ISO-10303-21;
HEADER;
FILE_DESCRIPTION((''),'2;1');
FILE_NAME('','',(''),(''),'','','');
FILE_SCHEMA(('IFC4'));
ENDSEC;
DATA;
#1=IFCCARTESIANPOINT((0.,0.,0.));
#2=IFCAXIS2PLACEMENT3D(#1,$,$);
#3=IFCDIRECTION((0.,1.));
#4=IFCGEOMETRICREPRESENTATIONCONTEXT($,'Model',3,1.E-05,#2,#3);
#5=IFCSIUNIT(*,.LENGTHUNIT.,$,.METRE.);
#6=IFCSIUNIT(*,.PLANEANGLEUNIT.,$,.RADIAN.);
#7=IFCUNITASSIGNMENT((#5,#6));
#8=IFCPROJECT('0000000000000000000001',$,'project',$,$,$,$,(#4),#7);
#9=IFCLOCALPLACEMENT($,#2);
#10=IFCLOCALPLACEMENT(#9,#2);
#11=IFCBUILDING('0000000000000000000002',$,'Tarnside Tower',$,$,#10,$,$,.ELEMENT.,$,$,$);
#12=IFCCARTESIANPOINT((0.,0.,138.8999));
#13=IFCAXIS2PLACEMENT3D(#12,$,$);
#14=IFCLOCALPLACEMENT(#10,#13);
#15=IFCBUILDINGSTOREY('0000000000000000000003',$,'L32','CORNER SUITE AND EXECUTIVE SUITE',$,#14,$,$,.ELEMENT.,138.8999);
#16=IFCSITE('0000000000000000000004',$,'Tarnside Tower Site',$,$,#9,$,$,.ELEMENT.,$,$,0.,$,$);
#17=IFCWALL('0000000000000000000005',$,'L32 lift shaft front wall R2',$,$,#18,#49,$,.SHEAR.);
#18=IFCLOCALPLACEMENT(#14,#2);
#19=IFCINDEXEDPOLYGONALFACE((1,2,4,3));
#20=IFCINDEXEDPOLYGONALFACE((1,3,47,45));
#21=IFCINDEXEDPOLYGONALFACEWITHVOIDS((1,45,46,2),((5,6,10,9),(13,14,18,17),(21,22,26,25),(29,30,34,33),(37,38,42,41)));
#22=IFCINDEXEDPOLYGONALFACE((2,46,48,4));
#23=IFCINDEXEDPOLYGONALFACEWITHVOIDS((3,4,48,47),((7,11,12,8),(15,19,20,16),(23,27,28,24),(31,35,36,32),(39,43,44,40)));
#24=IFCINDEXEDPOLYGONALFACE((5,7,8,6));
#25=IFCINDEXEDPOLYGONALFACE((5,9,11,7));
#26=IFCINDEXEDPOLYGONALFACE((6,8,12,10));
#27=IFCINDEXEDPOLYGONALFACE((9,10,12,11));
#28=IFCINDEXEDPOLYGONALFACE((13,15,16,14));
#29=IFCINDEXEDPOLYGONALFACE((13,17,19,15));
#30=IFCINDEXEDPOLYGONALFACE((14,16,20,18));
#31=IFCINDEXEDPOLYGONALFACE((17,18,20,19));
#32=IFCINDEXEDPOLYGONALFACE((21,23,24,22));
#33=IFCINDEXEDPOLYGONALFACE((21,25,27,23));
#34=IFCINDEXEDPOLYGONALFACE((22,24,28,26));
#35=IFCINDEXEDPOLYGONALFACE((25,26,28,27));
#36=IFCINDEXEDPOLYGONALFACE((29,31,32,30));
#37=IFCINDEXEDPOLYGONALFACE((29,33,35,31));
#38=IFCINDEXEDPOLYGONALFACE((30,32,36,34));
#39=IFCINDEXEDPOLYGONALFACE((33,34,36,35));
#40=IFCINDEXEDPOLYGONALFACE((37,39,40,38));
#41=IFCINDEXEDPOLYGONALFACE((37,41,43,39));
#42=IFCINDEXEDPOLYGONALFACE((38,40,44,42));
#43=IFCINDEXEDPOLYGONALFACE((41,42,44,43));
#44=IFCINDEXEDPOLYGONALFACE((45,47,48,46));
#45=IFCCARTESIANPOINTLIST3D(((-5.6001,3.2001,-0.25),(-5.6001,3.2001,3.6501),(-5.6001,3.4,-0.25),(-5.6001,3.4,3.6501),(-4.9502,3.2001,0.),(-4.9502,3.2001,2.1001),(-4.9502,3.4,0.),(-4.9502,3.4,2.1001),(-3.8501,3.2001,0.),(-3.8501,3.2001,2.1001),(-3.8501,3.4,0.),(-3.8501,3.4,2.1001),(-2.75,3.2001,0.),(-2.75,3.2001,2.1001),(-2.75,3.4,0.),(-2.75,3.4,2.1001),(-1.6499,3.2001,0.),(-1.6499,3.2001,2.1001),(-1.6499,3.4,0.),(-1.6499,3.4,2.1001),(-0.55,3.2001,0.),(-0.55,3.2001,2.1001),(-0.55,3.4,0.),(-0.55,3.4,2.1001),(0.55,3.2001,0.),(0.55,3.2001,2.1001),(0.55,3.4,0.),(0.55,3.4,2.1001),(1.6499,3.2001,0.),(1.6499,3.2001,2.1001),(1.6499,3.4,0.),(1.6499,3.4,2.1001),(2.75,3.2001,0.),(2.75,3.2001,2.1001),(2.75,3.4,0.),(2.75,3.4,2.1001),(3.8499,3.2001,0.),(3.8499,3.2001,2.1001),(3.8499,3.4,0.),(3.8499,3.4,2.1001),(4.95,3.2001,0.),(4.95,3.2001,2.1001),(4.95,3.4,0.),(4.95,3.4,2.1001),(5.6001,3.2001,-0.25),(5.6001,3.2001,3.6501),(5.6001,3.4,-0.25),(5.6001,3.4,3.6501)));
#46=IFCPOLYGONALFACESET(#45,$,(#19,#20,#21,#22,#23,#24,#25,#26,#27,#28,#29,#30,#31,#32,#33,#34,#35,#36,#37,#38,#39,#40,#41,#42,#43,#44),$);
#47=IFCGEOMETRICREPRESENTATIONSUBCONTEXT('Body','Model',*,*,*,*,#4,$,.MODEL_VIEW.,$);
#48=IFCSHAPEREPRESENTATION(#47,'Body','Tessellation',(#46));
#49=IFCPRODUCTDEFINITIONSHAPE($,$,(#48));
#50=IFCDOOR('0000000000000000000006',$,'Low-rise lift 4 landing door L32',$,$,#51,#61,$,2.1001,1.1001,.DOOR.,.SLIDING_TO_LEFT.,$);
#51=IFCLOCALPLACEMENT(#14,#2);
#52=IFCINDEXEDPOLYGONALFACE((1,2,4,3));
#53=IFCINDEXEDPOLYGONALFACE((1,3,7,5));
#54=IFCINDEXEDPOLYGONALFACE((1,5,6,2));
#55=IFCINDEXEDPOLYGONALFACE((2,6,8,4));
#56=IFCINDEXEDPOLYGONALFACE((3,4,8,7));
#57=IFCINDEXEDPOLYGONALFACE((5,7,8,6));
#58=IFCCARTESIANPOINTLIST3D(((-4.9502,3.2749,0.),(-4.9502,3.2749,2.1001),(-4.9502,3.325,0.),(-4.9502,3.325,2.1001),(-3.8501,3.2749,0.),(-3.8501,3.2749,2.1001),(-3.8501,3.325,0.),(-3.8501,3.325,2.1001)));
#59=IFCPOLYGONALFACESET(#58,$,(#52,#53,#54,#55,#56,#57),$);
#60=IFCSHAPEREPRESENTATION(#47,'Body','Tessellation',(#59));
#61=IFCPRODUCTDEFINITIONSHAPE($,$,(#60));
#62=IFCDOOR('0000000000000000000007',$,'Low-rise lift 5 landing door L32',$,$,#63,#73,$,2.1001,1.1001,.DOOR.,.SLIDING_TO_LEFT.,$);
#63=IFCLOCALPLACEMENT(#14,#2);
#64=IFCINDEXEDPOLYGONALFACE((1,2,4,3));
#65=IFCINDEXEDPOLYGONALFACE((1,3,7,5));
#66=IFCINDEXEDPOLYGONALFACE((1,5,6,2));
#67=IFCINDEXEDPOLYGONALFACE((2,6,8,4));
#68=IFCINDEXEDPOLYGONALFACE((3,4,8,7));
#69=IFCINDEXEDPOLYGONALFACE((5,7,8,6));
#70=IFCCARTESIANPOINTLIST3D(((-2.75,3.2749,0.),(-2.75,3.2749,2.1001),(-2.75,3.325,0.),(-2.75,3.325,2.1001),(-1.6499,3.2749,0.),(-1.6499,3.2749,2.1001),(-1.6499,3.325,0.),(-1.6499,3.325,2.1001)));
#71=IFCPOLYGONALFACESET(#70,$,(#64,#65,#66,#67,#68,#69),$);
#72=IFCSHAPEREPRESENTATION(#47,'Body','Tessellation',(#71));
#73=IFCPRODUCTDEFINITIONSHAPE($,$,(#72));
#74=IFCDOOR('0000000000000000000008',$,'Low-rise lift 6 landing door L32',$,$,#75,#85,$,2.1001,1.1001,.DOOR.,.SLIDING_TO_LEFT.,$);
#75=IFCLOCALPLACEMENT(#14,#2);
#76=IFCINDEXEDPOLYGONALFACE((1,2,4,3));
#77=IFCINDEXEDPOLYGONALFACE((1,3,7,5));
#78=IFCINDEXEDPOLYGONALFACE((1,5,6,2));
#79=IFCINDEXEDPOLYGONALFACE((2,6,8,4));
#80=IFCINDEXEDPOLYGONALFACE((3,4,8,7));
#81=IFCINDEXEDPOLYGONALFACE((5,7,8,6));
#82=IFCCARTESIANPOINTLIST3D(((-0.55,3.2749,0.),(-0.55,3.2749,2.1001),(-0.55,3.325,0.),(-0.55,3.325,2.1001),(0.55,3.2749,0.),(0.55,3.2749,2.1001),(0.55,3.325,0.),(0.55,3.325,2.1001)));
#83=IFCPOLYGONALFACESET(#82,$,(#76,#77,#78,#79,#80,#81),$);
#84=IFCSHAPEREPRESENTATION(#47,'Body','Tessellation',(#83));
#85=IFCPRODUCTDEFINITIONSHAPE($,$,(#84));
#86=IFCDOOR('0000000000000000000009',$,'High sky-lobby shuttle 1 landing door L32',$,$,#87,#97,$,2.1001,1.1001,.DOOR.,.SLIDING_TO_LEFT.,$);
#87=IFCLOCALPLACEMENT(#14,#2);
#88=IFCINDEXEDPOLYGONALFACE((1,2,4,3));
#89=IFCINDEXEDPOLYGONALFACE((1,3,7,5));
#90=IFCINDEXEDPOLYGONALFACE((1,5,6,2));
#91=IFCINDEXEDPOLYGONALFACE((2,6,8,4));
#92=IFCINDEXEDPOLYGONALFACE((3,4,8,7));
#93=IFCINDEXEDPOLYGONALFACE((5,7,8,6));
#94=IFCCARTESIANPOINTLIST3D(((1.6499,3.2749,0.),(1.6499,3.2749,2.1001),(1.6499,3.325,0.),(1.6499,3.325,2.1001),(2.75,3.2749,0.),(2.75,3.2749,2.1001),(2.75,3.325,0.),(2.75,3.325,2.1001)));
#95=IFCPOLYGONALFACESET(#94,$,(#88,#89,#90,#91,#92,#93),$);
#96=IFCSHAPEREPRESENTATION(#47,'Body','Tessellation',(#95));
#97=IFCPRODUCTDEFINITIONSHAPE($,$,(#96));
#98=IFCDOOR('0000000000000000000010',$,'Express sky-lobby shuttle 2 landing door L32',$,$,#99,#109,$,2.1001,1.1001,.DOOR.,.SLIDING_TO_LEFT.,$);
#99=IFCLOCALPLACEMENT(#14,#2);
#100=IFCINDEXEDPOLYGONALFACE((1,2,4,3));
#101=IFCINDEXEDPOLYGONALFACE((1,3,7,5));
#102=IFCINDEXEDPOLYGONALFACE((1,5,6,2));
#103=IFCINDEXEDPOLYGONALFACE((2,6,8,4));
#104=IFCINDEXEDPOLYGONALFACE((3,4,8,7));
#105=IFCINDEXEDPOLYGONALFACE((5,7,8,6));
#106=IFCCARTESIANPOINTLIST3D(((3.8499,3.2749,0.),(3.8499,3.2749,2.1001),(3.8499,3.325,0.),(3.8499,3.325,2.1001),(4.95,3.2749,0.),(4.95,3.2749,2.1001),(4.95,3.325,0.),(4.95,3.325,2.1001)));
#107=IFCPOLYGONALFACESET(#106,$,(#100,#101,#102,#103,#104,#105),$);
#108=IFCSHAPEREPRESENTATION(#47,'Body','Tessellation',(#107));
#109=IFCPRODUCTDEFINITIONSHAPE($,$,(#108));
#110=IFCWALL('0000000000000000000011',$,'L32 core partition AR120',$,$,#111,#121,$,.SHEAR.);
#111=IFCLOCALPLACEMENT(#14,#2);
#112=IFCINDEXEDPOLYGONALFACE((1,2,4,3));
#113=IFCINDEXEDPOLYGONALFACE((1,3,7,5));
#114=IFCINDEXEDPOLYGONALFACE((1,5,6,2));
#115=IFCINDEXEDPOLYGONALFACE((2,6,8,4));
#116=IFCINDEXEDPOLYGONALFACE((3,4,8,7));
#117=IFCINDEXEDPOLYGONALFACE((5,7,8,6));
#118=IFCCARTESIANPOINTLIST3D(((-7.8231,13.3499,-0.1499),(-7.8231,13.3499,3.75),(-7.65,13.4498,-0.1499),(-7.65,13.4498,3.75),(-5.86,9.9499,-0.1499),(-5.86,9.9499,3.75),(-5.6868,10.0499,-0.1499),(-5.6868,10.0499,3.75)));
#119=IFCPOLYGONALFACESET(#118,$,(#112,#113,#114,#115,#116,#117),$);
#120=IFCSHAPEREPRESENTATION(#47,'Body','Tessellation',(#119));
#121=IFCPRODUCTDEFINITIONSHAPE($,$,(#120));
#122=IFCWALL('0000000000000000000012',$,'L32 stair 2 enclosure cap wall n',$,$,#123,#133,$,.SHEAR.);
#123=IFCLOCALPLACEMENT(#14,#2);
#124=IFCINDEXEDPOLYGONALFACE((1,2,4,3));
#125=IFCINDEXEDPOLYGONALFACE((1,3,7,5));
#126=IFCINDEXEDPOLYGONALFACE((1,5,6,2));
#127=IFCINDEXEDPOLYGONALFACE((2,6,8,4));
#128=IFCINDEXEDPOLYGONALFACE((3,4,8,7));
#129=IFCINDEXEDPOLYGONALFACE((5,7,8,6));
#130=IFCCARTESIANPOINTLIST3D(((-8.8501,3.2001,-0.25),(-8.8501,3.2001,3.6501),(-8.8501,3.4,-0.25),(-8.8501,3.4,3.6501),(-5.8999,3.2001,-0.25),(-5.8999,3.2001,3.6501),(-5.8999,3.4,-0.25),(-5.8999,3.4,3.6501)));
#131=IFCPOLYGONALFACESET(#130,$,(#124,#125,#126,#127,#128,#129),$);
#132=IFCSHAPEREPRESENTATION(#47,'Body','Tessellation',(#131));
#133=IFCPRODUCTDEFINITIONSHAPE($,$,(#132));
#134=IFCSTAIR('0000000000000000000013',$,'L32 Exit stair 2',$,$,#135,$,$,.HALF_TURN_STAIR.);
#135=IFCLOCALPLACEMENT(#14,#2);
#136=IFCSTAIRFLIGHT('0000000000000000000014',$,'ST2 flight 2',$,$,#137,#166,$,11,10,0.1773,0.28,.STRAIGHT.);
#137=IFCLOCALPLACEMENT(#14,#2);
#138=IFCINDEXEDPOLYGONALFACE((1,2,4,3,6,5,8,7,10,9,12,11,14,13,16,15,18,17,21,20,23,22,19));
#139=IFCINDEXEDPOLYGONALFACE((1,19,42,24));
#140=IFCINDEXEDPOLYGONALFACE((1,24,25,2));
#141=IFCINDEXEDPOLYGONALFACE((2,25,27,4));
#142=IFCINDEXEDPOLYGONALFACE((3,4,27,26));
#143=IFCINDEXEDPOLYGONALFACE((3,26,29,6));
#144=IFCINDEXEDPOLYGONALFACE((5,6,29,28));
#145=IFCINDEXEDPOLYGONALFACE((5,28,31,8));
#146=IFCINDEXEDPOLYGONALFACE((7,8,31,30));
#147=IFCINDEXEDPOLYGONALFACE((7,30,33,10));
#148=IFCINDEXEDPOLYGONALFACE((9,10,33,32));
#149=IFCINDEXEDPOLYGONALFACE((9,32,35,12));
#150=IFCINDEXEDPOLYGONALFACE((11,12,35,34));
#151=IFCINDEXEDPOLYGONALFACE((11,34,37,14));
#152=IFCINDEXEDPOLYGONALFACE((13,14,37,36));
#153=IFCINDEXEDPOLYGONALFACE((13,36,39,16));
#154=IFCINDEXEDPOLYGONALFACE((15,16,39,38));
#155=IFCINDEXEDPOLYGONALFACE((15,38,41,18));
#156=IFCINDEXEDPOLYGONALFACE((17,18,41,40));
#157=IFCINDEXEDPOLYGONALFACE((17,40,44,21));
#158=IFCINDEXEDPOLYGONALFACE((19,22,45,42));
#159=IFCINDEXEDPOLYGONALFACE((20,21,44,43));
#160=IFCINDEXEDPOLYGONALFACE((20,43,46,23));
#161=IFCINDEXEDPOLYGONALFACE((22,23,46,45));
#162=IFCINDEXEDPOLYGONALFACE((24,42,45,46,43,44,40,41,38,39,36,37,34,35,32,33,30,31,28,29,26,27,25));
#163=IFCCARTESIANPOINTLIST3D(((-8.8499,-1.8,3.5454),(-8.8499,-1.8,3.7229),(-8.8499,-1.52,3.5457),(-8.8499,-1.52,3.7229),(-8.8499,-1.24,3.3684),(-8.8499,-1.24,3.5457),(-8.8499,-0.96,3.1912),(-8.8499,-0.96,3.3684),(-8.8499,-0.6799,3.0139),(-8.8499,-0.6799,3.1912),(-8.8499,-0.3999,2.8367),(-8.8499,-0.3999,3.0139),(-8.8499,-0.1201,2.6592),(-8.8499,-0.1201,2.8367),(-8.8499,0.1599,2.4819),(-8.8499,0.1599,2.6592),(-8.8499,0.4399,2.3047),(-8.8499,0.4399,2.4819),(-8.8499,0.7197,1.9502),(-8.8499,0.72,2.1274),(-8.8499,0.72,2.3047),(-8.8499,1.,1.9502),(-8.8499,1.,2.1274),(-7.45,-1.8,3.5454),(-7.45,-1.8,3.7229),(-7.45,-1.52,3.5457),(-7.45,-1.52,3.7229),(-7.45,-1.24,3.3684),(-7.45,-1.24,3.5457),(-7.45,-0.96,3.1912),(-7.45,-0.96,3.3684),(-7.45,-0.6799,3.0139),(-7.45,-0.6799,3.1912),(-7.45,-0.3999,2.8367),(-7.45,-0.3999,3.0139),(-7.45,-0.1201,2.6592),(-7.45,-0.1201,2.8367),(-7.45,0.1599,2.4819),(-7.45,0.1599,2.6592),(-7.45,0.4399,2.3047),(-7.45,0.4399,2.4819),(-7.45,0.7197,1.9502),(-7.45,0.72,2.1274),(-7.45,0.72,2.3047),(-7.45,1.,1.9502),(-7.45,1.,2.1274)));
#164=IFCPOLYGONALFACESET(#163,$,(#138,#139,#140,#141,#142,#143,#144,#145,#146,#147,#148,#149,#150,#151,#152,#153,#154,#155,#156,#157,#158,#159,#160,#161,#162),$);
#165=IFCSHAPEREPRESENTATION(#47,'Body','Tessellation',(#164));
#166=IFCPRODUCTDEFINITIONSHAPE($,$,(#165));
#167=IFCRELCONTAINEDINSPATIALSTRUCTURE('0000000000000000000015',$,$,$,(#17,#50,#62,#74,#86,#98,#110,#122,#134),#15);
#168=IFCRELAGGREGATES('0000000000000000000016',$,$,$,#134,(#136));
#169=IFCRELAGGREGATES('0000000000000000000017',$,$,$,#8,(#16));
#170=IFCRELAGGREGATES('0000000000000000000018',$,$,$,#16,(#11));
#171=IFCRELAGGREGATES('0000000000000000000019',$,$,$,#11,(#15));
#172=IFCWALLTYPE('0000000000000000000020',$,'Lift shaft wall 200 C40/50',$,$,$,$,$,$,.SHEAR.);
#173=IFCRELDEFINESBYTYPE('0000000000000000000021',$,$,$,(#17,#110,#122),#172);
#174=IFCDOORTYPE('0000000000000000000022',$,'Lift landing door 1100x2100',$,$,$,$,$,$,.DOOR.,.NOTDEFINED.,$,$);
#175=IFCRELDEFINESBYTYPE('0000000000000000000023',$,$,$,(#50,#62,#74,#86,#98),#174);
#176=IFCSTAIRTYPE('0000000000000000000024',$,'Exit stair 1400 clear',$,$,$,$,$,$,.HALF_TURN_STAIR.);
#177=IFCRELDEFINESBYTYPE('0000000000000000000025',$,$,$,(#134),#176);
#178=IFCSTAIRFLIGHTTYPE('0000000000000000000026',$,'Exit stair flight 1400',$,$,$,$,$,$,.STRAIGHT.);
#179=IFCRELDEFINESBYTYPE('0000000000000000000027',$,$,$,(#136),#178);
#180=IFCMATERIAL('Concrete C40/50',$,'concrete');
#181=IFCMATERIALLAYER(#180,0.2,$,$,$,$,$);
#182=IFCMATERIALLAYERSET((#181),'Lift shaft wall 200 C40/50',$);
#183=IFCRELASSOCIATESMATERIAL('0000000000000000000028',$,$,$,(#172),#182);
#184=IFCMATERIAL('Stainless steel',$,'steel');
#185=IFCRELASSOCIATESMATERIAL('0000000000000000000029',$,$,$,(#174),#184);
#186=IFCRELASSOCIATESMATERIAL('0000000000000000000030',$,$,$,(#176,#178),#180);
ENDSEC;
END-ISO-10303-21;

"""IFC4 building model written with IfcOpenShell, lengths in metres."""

from ifc_helpers import new_model, si_unit, direction, frame, frame_2d, origin, place, context, subcontext, project, spatial, polyline, rectangle, outline, extrude, material, layer, layer_set, type_object, element, fill, aggregate, save


model = new_model("IFC4")

# Units and contexts
model_context = context("Model", 3, precision=1e-05, world=origin(), true_north=direction((0.0, 1.0)))
body_context = subcontext(model_context, "Body", "Model", "MODEL_VIEW")
ifc_project = project(units=[si_unit("LENGTHUNIT", "METRE"), si_unit("PLANEANGLEUNIT", "RADIAN")], contexts=[model_context])

# Site, building, storey
site_placement = place(None, origin())
site = spatial("IfcSite", under=ifc_project, at=site_placement, Name="Tarnside Tower Site", CompositionType="ELEMENT", RefElevation=0.0)
building_placement = place(site_placement, origin())
building = spatial("IfcBuilding", under=site, at=building_placement, Name="Tarnside Tower", CompositionType="ELEMENT")
storey_placement = place(building_placement, frame((0.0, 0.0, 138.8999)))
storey = spatial("IfcBuildingStorey", under=building, at=storey_placement, Name="L32", Description="CORNER SUITE AND EXECUTIVE SUITE", CompositionType="ELEMENT", Elevation=138.8999)

# Shared definitions
ifc_material_1 = material(Name="Concrete C40/50", Category="concrete")

# Wall, openings, doors
ifc_layer_1 = layer(ifc_material_1, 0.2)
ifc_layer_set_1 = layer_set([ifc_layer_1], Name="Lift shaft wall 200 C40/50")
wall_type_1 = type_object("IfcWallType", Name="Lift shaft wall 200 C40/50", PredefinedType="SHEAR", material=ifc_layer_set_1)
wall_1_placement = place(storey_placement, frame((-5.6001, 3.3, -0.25), z_axis=(0.0, 0.0, 1.0), x_axis=(1.0, 0.0, 0.0)))
wall_1 = element("IfcWall", 1, at=wall_1_placement, inside=storey, type_object=wall_type_1, Name="L32 lift shaft front wall R2", PredefinedType="SHEAR", context=body_context, shape_type="SweptSolid", body=[
    extrude(rectangle(XDim=11.2002, YDim=0.2, at=frame_2d((5.6001, 0.0))), origin(), (0.0, 0.0, 1.0), 3.9001),
])
opening_1_placement = place(wall_1_placement, frame((0.6499, 0.0, 0.25)))
opening_1 = element("IfcOpeningElement", 2, at=opening_1_placement, cuts=wall_1, PredefinedType="OPENING", context=body_context, shape_type="SweptSolid", body=[
    extrude(rectangle(XDim=1.1001, YDim=2.1001, at=frame_2d((0.55, 1.05))), frame((0.0, 0.1099, 0.0), z_axis=(0.0, -1.0, 0.0), x_axis=(1.0, 0.0, 0.0)), (0.0, 0.0, 1.0), 0.22),
])
opening_2_placement = place(wall_1_placement, frame((2.8501, 0.0, 0.25)))
opening_2 = element("IfcOpeningElement", 3, at=opening_2_placement, cuts=wall_1, PredefinedType="OPENING", context=body_context, shape_type="SweptSolid", body=[
    extrude(rectangle(XDim=1.1001, YDim=2.1001, at=frame_2d((0.55, 1.05))), frame((0.0, 0.1099, 0.0), z_axis=(0.0, -1.0, 0.0), x_axis=(1.0, 0.0, 0.0)), (0.0, 0.0, 1.0), 0.22),
])
opening_3_placement = place(wall_1_placement, frame((5.05, 0.0, 0.25)))
opening_3 = element("IfcOpeningElement", 4, at=opening_3_placement, cuts=wall_1, PredefinedType="OPENING", context=body_context, shape_type="SweptSolid", body=[
    extrude(rectangle(XDim=1.1001, YDim=2.1001, at=frame_2d((0.55, 1.05))), frame((0.0, 0.1099, 0.0), z_axis=(0.0, -1.0, 0.0), x_axis=(1.0, 0.0, 0.0)), (0.0, 0.0, 1.0), 0.22),
])
opening_4_placement = place(wall_1_placement, frame((7.25, 0.0, 0.25)))
opening_4 = element("IfcOpeningElement", 5, at=opening_4_placement, cuts=wall_1, PredefinedType="OPENING", context=body_context, shape_type="SweptSolid", body=[
    extrude(rectangle(XDim=1.1001, YDim=2.1001, at=frame_2d((0.55, 1.05))), frame((0.0, 0.1099, 0.0), z_axis=(0.0, -1.0, 0.0), x_axis=(1.0, 0.0, 0.0)), (0.0, 0.0, 1.0), 0.22),
])
opening_5_placement = place(wall_1_placement, frame((9.45, 0.0, 0.25)))
opening_5 = element("IfcOpeningElement", 6, at=opening_5_placement, cuts=wall_1, PredefinedType="OPENING", context=body_context, shape_type="SweptSolid", body=[
    extrude(rectangle(XDim=1.1001, YDim=2.1001, at=frame_2d((0.55, 1.05))), frame((0.0, 0.1099, 0.0), z_axis=(0.0, -1.0, 0.0), x_axis=(1.0, 0.0, 0.0)), (0.0, 0.0, 1.0), 0.22),
])
ifc_material_2 = material(Name="Stainless steel", Category="steel")
door_type_1 = type_object("IfcDoorType", Name="Lift landing door 1100x2100", OperationType="NOTDEFINED", PredefinedType="DOOR", material=ifc_material_2)
door_1_placement = place(opening_1_placement, origin())
door_1 = element("IfcDoor", 7, at=door_1_placement, inside=storey, type_object=door_type_1, Name="Low-rise lift 4 landing door L32", OperationType="SLIDING_TO_LEFT", OverallHeight=2.1001, OverallWidth=1.1001, PredefinedType="DOOR", context=body_context, shape_type="SweptSolid", body=[
    extrude(rectangle(XDim=1.1001, YDim=2.1001, at=frame_2d((0.55, 1.05))), frame((0.0, 0.0249, 0.0), z_axis=(0.0, -1.0, 0.0), x_axis=(1.0, 0.0, 0.0)), (0.0, 0.0, 1.0), 0.05),
])
fill(opening_1, door_1)
door_2_placement = place(opening_2_placement, origin())
door_2 = element("IfcDoor", 8, at=door_2_placement, inside=storey, type_object=door_type_1, Name="Low-rise lift 5 landing door L32", OperationType="SLIDING_TO_LEFT", OverallHeight=2.1001, OverallWidth=1.1001, PredefinedType="DOOR", context=body_context, shape_type="SweptSolid", body=[
    extrude(rectangle(XDim=1.1001, YDim=2.1001, at=frame_2d((0.55, 1.05))), frame((0.0, 0.0249, 0.0), z_axis=(0.0, -1.0, 0.0), x_axis=(1.0, 0.0, 0.0)), (0.0, 0.0, 1.0), 0.05),
])
fill(opening_2, door_2)
door_3_placement = place(opening_3_placement, origin())
door_3 = element("IfcDoor", 9, at=door_3_placement, inside=storey, type_object=door_type_1, Name="Low-rise lift 6 landing door L32", OperationType="SLIDING_TO_LEFT", OverallHeight=2.1001, OverallWidth=1.1001, PredefinedType="DOOR", context=body_context, shape_type="SweptSolid", body=[
    extrude(rectangle(XDim=1.1001, YDim=2.1001, at=frame_2d((0.55, 1.05))), frame((0.0, 0.0249, 0.0), z_axis=(0.0, -1.0, 0.0), x_axis=(1.0, 0.0, 0.0)), (0.0, 0.0, 1.0), 0.05),
])
fill(opening_3, door_3)
door_4_placement = place(opening_4_placement, origin())
door_4 = element("IfcDoor", 10, at=door_4_placement, inside=storey, type_object=door_type_1, Name="High sky-lobby shuttle 1 landing door L32", OperationType="SLIDING_TO_LEFT", OverallHeight=2.1001, OverallWidth=1.1001, PredefinedType="DOOR", context=body_context, shape_type="SweptSolid", body=[
    extrude(rectangle(XDim=1.1001, YDim=2.1001, at=frame_2d((0.55, 1.05))), frame((0.0, 0.0249, 0.0), z_axis=(0.0, -1.0, 0.0), x_axis=(1.0, 0.0, 0.0)), (0.0, 0.0, 1.0), 0.05),
])
fill(opening_4, door_4)
door_5_placement = place(opening_5_placement, origin())
door_5 = element("IfcDoor", 11, at=door_5_placement, inside=storey, type_object=door_type_1, Name="Express sky-lobby shuttle 2 landing door L32", OperationType="SLIDING_TO_LEFT", OverallHeight=2.1001, OverallWidth=1.1001, PredefinedType="DOOR", context=body_context, shape_type="SweptSolid", body=[
    extrude(rectangle(XDim=1.1001, YDim=2.1001, at=frame_2d((0.55, 1.05))), frame((0.0, 0.0249, 0.0), z_axis=(0.0, -1.0, 0.0), x_axis=(1.0, 0.0, 0.0)), (0.0, 0.0, 1.0), 0.05),
])
fill(opening_5, door_5)

# Walls
wall_2_placement = place(storey_placement, frame((-5.7734, 10.0, -0.1499), z_axis=(0.0, 0.0, 1.0), x_axis=(-0.500038, 0.866003, 0.0)))
element("IfcWall", 12, at=wall_2_placement, inside=storey, type_object=wall_type_1, Name="L32 core partition AR120", PredefinedType="SHEAR", context=body_context, shape_type="SweptSolid", body=[
    extrude(rectangle(XDim=3.926, YDim=0.2, at=frame_2d((1.9629, 0.0))), origin(), (0.0, 0.0, 1.0), 3.8999),
])
wall_3_placement = place(storey_placement, frame((-8.8501, 3.3, -0.25), z_axis=(0.0, 0.0, 1.0), x_axis=(1.0, 0.0, 0.0)))
element("IfcWall", 13, at=wall_3_placement, inside=storey, type_object=wall_type_1, Name="L32 stair 2 enclosure cap wall n", PredefinedType="SHEAR", context=body_context, shape_type="SweptSolid", body=[
    extrude(rectangle(XDim=2.9502, YDim=0.2, at=frame_2d((1.4751, 0.0))), origin(), (0.0, 0.0, 1.0), 3.9001),
])

# Stair, stair flight
stair_type = type_object("IfcStairType", Name="Exit stair 1400 clear", PredefinedType="HALF_TURN_STAIR", material=ifc_material_1)
stair_placement = place(storey_placement, origin())
stair = element("IfcStair", 14, at=stair_placement, inside=storey, type_object=stair_type, Name="L32 Exit stair 2", PredefinedType="HALF_TURN_STAIR")
stair_flight_type = type_object("IfcStairFlightType", Name="Exit stair flight 1400", PredefinedType="STRAIGHT", material=ifc_material_1)
stair_flight_placement = place(storey_placement, frame((-8.1499, 1.0, 1.9502), z_axis=(0.0, 0.0, 1.0), x_axis=(0.0, -1.0, 0.0)))
stair_flight = element("IfcStairFlight", 15, at=stair_flight_placement, type_object=stair_flight_type, Name="ST2 flight 2", NumberOfRisers=11, NumberOfTreads=10, PredefinedType="STRAIGHT", RiserHeight=0.1773, TreadLength=0.28, context=body_context, shape_type="SweptSolid", body=[
    extrude(outline(polyline([(0.0, 0.0), (0.0, 0.1772), (0.28, 0.1772), (0.28, 0.3545), (0.5601, 0.3545), (0.5601, 0.5317), (0.8401, 0.5317), (0.8401, 0.709), (1.1201, 0.709), (1.1201, 0.8865), (1.3999, 0.8865), (1.3999, 1.0637), (1.6799, 1.0637), (1.6799, 1.241), (1.96, 1.241), (1.96, 1.4182), (2.24, 1.4182), (2.24, 1.5955), (2.52, 1.5955), (2.52, 1.7727), (2.8, 1.7727), (2.8, 1.95), (2.8, 1.5952), (0.2803, 0.0), (0.0, 0.0)])), frame((0.0, 0.7, 0.0), z_axis=(0.0, -1.0, 0.0), x_axis=(1.0, 0.0, 0.0)), (0.0, 0.0, 1.0), 1.3999),
])
aggregate(stair, [stair_flight])

save(model, "model.ifc")
